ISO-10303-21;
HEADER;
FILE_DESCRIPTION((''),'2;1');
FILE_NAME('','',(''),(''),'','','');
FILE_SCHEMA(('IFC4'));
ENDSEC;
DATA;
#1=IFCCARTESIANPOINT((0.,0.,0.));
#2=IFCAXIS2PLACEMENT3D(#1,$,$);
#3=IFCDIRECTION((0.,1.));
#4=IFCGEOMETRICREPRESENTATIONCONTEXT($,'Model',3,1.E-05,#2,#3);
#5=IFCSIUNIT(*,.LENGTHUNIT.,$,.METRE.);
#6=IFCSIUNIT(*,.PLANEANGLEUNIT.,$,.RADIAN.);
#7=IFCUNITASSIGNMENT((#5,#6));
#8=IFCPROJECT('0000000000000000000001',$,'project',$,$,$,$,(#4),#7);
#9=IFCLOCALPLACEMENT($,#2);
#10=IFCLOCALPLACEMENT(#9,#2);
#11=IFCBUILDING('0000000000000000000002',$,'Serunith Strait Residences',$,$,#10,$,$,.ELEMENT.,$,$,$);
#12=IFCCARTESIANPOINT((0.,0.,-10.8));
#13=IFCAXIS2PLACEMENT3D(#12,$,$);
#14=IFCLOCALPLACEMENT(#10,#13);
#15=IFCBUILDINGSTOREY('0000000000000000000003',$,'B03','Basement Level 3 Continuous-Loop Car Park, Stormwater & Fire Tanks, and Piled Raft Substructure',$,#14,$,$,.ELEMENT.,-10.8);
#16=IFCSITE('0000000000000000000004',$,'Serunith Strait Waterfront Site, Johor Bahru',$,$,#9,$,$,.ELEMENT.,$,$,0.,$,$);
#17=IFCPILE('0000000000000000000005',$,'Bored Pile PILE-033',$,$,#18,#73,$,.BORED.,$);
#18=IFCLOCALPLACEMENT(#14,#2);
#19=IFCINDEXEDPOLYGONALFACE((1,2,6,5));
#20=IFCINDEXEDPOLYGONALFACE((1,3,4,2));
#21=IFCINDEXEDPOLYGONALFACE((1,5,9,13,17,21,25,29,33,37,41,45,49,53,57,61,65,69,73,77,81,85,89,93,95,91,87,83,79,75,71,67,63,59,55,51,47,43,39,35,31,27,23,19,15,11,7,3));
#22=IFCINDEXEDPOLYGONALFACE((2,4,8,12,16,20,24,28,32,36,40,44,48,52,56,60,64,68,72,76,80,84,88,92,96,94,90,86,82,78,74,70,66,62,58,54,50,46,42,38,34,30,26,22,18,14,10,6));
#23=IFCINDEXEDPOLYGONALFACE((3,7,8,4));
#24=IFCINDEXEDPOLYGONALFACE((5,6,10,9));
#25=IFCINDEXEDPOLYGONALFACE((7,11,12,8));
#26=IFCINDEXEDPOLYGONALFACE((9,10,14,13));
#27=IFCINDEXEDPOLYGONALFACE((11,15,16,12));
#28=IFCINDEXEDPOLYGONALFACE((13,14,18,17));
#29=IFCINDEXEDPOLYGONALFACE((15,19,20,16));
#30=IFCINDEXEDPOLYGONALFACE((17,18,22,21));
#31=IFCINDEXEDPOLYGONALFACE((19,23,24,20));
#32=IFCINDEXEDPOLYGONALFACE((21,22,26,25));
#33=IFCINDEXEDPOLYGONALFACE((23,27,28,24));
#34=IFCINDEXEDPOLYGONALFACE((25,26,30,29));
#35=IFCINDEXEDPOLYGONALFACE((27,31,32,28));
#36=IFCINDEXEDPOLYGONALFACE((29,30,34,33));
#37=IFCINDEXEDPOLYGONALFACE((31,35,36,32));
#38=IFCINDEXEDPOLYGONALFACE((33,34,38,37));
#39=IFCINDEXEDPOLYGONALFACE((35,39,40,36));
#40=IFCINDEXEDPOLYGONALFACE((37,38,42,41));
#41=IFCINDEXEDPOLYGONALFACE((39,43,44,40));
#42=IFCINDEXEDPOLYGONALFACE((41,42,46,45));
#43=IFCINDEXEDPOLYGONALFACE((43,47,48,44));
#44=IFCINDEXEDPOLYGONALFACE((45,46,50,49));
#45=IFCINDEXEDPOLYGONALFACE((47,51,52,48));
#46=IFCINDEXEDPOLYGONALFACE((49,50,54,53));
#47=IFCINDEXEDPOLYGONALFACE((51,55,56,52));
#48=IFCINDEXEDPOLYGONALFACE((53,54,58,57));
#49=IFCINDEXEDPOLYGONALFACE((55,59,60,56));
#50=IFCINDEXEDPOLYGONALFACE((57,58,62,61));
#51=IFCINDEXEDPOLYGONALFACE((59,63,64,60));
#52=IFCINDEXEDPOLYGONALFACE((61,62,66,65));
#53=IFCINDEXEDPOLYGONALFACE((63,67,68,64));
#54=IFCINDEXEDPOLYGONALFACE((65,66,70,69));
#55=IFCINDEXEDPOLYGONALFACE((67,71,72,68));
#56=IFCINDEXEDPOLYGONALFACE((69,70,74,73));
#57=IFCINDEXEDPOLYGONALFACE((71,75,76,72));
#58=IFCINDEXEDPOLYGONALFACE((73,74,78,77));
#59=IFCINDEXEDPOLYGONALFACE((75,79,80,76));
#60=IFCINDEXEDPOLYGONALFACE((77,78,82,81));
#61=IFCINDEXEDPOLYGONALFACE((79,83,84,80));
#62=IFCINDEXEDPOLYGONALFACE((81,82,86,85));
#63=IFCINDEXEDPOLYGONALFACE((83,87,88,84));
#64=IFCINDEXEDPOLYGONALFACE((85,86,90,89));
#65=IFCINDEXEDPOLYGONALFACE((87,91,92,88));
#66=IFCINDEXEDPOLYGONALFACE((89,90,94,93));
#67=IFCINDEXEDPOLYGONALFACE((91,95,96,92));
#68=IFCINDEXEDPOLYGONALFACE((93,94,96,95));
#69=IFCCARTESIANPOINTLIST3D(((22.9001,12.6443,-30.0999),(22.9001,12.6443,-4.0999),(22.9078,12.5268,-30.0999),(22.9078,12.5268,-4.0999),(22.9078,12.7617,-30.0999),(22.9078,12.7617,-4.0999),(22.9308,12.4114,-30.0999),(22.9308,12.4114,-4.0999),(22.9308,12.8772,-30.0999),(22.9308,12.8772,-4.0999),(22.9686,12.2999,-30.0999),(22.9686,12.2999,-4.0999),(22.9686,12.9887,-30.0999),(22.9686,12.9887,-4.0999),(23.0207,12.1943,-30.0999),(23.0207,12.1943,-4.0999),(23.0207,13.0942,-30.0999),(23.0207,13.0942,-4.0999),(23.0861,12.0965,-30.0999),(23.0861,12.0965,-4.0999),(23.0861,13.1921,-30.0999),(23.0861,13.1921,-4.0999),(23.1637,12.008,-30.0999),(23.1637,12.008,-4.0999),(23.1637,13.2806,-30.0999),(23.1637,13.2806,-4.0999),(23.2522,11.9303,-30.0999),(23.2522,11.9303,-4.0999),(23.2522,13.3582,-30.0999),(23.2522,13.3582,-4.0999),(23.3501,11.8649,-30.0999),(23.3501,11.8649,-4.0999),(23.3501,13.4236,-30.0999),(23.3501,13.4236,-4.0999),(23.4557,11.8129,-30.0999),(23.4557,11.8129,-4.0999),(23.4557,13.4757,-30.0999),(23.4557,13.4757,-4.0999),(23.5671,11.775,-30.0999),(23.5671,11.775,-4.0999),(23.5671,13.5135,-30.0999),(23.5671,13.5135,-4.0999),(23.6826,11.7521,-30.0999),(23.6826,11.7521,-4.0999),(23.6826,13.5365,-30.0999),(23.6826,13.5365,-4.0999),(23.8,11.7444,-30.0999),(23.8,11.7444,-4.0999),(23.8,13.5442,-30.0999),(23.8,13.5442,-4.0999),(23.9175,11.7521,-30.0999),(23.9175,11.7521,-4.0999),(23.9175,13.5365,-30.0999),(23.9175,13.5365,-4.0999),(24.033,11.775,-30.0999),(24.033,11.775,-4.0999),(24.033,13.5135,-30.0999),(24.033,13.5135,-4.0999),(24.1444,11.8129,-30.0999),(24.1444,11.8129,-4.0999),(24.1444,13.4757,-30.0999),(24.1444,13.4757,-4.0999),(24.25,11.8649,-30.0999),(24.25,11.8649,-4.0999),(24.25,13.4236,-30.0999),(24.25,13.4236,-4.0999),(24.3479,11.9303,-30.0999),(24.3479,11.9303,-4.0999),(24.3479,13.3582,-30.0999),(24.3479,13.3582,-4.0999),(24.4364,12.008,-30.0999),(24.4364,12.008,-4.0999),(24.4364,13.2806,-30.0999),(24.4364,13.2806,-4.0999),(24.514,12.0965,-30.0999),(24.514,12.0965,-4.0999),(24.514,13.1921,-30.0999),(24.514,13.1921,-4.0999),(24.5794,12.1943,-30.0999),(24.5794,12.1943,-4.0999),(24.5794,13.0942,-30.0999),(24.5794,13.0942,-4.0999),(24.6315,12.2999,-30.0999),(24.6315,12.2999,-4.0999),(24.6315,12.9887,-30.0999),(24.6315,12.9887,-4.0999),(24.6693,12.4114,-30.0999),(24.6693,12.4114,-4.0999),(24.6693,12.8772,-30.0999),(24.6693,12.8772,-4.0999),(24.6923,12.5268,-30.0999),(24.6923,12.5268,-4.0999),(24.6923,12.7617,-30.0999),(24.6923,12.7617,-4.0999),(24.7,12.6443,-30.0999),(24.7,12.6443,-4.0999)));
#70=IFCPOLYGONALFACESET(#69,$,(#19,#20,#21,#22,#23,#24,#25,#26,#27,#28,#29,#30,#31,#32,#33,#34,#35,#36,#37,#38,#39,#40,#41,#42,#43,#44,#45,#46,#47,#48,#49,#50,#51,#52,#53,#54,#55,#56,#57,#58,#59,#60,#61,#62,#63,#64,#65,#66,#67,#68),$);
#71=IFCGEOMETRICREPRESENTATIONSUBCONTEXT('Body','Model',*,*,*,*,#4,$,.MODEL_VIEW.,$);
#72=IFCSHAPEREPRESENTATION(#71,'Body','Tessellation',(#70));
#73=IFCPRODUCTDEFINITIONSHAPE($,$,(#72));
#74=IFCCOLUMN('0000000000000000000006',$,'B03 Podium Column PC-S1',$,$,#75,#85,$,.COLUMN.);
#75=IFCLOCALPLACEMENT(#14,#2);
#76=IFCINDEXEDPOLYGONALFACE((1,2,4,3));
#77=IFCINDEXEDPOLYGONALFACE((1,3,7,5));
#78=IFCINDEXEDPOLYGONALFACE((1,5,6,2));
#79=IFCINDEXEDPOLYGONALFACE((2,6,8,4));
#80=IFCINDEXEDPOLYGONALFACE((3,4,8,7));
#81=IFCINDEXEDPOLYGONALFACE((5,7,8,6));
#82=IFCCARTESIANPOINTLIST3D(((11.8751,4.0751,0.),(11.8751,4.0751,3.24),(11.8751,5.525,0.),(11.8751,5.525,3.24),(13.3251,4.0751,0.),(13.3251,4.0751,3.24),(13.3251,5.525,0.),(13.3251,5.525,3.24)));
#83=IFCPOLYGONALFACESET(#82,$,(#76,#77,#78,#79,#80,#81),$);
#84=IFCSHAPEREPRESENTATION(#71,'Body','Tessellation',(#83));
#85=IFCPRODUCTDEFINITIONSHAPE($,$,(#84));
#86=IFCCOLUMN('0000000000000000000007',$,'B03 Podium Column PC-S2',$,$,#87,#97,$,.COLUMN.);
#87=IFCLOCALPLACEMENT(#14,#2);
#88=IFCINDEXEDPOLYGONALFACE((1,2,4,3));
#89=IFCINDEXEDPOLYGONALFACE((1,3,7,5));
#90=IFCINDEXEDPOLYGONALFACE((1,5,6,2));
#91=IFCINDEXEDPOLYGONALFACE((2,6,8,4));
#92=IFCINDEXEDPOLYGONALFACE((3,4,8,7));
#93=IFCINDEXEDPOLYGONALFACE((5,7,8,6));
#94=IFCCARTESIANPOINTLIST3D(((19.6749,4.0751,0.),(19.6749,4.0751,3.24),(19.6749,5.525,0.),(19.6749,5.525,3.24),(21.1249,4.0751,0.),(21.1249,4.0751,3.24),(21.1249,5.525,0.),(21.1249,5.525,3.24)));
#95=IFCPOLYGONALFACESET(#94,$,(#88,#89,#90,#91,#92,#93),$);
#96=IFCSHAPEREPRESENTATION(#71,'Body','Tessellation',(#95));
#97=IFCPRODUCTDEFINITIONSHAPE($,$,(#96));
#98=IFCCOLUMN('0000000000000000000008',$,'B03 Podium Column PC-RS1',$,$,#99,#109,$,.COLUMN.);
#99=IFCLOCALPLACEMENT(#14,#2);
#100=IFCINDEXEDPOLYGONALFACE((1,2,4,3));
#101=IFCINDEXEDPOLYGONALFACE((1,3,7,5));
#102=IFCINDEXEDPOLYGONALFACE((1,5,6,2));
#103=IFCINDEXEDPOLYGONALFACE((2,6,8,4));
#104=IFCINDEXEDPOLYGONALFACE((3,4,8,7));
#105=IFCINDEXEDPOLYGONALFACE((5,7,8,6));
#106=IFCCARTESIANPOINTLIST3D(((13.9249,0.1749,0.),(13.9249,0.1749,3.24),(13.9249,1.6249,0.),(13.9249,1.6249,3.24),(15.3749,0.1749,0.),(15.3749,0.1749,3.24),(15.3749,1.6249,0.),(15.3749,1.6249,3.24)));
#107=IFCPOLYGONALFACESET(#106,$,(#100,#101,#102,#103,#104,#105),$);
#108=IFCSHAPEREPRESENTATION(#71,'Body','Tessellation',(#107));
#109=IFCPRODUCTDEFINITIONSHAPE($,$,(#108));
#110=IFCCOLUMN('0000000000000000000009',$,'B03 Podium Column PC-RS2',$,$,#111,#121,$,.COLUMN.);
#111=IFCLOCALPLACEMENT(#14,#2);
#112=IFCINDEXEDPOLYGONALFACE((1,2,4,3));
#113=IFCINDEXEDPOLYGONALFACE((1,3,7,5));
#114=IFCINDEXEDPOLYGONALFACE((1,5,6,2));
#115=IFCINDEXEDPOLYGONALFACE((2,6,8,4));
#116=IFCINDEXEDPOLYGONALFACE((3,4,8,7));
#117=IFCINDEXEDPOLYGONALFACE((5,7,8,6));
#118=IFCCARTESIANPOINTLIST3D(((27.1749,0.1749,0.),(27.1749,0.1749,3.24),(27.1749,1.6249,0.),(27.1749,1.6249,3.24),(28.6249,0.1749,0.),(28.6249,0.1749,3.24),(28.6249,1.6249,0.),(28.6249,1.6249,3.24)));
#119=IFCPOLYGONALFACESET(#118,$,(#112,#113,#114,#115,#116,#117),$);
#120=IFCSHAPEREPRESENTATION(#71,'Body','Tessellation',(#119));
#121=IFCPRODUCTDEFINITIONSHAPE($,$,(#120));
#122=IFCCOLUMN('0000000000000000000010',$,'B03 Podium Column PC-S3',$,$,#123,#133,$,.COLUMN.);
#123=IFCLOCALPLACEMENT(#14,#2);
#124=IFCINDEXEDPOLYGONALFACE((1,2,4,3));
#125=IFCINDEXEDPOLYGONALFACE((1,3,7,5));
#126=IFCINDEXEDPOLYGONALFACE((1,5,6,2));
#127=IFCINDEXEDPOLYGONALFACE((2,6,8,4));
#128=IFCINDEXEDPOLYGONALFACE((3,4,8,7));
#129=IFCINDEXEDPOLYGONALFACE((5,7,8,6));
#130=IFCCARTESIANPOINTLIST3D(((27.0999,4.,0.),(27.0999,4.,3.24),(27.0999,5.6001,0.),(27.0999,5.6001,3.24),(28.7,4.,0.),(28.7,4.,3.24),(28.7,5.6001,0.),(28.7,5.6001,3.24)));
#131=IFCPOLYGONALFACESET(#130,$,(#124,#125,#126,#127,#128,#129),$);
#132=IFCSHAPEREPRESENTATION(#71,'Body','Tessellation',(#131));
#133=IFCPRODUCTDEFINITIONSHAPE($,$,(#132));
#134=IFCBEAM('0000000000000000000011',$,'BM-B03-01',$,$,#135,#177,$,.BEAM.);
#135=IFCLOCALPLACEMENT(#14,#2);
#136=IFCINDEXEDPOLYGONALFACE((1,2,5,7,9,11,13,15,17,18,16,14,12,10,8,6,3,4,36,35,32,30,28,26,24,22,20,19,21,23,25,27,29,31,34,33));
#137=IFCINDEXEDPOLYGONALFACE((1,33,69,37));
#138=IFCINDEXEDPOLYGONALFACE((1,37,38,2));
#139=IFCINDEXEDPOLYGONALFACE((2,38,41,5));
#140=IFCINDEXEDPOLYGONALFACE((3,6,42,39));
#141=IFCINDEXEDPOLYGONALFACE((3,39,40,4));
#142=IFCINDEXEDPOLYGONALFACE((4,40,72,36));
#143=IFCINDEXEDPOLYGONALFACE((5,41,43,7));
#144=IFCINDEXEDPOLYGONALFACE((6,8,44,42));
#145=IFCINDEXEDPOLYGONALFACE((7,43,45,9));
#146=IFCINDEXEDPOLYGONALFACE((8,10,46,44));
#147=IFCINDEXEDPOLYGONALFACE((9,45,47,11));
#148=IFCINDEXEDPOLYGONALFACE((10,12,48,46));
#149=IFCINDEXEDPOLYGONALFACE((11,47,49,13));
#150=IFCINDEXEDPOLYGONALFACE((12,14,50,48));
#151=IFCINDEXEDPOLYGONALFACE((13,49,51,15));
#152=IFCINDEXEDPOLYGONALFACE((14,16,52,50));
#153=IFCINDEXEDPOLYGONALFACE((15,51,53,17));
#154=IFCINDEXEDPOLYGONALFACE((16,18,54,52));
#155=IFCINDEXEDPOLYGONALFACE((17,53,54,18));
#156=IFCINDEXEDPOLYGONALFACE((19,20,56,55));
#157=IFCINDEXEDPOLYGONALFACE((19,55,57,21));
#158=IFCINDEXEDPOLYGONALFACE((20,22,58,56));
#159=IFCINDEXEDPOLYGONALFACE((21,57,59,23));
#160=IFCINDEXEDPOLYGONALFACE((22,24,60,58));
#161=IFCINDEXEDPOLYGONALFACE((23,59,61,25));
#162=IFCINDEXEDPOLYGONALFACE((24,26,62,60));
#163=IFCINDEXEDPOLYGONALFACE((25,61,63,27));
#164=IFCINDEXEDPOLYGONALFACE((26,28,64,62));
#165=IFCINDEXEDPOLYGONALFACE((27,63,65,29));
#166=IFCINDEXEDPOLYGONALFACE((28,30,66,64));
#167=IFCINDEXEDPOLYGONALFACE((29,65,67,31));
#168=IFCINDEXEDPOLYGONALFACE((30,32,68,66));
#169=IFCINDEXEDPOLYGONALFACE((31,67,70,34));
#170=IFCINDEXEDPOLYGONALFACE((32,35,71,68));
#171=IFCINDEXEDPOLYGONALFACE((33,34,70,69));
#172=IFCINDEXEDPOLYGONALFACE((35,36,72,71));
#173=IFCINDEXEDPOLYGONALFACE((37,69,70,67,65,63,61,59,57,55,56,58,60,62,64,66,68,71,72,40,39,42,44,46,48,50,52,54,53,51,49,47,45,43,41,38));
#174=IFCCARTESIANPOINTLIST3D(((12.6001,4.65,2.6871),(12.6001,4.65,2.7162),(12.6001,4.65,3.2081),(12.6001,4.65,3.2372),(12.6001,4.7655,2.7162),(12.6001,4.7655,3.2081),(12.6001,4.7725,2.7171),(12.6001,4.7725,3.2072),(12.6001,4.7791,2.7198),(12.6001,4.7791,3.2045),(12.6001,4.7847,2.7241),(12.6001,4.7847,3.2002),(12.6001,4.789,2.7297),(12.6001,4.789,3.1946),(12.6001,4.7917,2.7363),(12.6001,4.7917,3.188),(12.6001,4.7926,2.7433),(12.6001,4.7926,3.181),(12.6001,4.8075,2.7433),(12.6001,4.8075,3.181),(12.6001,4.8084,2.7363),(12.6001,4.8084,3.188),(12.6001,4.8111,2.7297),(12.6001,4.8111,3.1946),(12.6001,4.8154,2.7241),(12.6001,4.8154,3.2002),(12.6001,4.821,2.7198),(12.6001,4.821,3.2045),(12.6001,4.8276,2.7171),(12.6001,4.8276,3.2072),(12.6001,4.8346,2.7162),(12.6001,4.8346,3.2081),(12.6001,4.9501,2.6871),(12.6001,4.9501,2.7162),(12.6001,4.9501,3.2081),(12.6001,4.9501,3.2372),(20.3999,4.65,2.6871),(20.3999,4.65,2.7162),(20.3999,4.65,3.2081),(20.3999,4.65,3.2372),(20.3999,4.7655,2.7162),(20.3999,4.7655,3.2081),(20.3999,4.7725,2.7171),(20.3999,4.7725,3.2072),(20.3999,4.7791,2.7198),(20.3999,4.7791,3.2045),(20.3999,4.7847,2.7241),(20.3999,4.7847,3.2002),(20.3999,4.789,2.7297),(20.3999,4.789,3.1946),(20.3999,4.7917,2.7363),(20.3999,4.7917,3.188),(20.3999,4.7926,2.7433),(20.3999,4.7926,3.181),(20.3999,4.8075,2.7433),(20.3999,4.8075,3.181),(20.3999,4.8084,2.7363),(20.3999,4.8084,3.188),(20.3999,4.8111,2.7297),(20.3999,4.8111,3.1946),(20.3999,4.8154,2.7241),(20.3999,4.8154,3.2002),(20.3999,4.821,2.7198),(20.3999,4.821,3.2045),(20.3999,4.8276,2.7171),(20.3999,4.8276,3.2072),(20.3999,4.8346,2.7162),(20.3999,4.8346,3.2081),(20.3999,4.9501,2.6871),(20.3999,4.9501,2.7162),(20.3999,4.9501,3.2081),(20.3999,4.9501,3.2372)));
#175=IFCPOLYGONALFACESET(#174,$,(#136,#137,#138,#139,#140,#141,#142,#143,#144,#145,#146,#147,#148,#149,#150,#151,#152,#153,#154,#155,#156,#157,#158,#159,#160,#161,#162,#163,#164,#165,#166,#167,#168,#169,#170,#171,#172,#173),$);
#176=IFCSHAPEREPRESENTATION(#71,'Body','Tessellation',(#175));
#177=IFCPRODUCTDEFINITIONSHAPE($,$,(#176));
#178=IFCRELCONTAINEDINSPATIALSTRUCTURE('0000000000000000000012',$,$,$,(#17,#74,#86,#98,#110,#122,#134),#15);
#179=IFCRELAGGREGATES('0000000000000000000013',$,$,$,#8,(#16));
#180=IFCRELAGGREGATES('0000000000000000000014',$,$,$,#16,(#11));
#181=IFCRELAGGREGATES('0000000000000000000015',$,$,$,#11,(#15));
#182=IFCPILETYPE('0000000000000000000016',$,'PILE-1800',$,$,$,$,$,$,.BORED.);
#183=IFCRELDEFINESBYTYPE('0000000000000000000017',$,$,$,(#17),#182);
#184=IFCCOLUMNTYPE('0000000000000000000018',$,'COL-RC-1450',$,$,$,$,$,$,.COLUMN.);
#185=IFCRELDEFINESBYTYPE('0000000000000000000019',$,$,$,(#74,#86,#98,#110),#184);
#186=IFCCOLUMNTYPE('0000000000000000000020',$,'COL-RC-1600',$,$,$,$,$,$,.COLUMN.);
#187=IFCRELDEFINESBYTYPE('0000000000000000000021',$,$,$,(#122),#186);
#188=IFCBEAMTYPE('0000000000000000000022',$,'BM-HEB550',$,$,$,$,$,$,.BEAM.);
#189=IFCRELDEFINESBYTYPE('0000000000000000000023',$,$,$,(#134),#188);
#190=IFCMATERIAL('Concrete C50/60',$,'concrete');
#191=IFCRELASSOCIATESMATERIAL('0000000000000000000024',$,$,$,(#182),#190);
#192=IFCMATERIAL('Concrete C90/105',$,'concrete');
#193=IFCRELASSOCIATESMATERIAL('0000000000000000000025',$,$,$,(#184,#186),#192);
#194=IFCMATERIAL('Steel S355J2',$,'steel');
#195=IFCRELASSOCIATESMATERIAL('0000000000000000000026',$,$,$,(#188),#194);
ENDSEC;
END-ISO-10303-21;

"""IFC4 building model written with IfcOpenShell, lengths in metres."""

from ifc_helpers import new_model, si_unit, direction, frame, origin, origin_2d, place, context, subcontext, project, spatial, rectangle, circle, i_section, extrude, source, transform, mapped, material, material_profile, profile_set, type_object, element, save


model = new_model("IFC4")

# Units and contexts
model_context = context("Model", 3, precision=1e-05, world=origin(), true_north=direction((0.0, 1.0)))
body_context = subcontext(model_context, "Body", "Model", "MODEL_VIEW")
ifc_project = project(units=[si_unit("LENGTHUNIT", "METRE"), si_unit("PLANEANGLEUNIT", "RADIAN")], contexts=[model_context])

# Site, building, storey
site_placement = place(None, origin())
site = spatial("IfcSite", under=ifc_project, at=site_placement, Name="Serunith Strait Waterfront Site, Johor Bahru", CompositionType="ELEMENT", RefElevation=0.0)
building_placement = place(site_placement, origin())
building = spatial("IfcBuilding", under=site, at=building_placement, Name="Serunith Strait Residences", CompositionType="ELEMENT")
storey_placement = place(building_placement, frame((0.0, 0.0, -10.8)))
storey = spatial("IfcBuildingStorey", under=building, at=storey_placement, Name="B03", Description="Basement Level 3 Continuous-Loop Car Park, Stormwater & Fire Tanks, and Piled Raft Substructure", CompositionType="ELEMENT", Elevation=-10.8)

# Pile
ifc_material_1 = material(Name="Concrete C50/60", Category="concrete")
ifc_material_profile_1 = material_profile(ifc_material_1, circle(Radius=0.8999, at=origin_2d()), Name="PILE D1800")
ifc_profile_set_1 = profile_set([ifc_material_profile_1], Name="Concrete C50/60")
pile_type = type_object("IfcPileType", Name="PILE-1800", PredefinedType="BORED", material=ifc_profile_set_1)
shared_shape_1 = source(origin(), body_context, "Body", "SweptSolid", [
    extrude(circle(Radius=0.8999, at=origin_2d()), origin(), (0.0, 0.0, 1.0), 26.0),
])
for number, where, z_axis, x_axis, name in (
    (1, (23.8, 12.6443, -4.0999), (0.0, 0.0, -1.0), (1.0, 0.0, 0.0), "Bored Pile PILE-033"),
):
    element("IfcPile", number, at=place(storey_placement, frame(where, z_axis=z_axis, x_axis=x_axis)), inside=storey, type_object=pile_type, Name=name, PredefinedType="BORED", context=body_context, shape_type="MappedRepresentation", body=[
        mapped(shared_shape_1, transform((0.0, 0.0, 0.0), scale=1.0)),
    ])

# Columns
ifc_material_2 = material(Name="Concrete C90/105", Category="concrete")
ifc_material_profile_2 = material_profile(ifc_material_2, rectangle(XDim=1.45, YDim=1.45, at=origin_2d()), Name="RC 1450x1450")
ifc_profile_set_2 = profile_set([ifc_material_profile_2], Name="Concrete C90/105")
column_type_1 = type_object("IfcColumnType", Name="COL-RC-1450", PredefinedType="COLUMN", material=ifc_profile_set_2)
shared_shape_2 = source(origin(), body_context, "Body", "SweptSolid", [
    extrude(rectangle(XDim=1.45, YDim=1.45, at=origin_2d()), origin(), (0.0, 0.0, 1.0), 3.24),
])
for number, where, z_axis, x_axis, name in (
    (2, (12.6001, 4.8, 0.0), (0.0, 0.0, 1.0), (1.0, 0.0, 0.0), "B03 Podium Column PC-S1"),
    (3, (20.3999, 4.8, 0.0), (0.0, 0.0, 1.0), (1.0, 0.0, 0.0), "B03 Podium Column PC-S2"),
    (4, (14.6499, 0.8999, 0.0), (0.0, 0.0, 1.0), (1.0, 0.0, 0.0), "B03 Podium Column PC-RS1"),
    (5, (27.8999, 0.8999, 0.0), (0.0, 0.0, 1.0), (1.0, 0.0, 0.0), "B03 Podium Column PC-RS2"),
):
    element("IfcColumn", number, at=place(storey_placement, frame(where, z_axis=z_axis, x_axis=x_axis)), inside=storey, type_object=column_type_1, Name=name, PredefinedType="COLUMN", context=body_context, shape_type="MappedRepresentation", body=[
        mapped(shared_shape_2, transform((0.0, 0.0, 0.0), scale=1.0)),
    ])
ifc_material_profile_3 = material_profile(ifc_material_2, rectangle(XDim=1.6001, YDim=1.6001, at=origin_2d()), Name="RC 1600x1600")
ifc_profile_set_3 = profile_set([ifc_material_profile_3], Name="Concrete C90/105")
column_type_2 = type_object("IfcColumnType", Name="COL-RC-1600", PredefinedType="COLUMN", material=ifc_profile_set_3)
shared_shape_3 = source(origin(), body_context, "Body", "SweptSolid", [
    extrude(rectangle(XDim=1.6001, YDim=1.6001, at=origin_2d()), origin(), (0.0, 0.0, 1.0), 3.24),
])
column_placement = place(storey_placement, frame((27.8999, 4.8, 0.0), z_axis=(0.0, 0.0, 1.0), x_axis=(1.0, 0.0, 0.0)))
element("IfcColumn", 6, at=column_placement, inside=storey, type_object=column_type_2, Name="B03 Podium Column PC-S3", PredefinedType="COLUMN", context=body_context, shape_type="MappedRepresentation", body=[
    mapped(shared_shape_3, transform((0.0, 0.0, 0.0), scale=1.0)),
])

# Beam
ifc_material_3 = material(Name="Steel S355J2", Category="steel")
ifc_material_profile_4 = material_profile(ifc_material_3, i_section(OverallWidth=0.3, OverallDepth=0.55, WebThickness=0.0149, FlangeThickness=0.0291, FilletRadius=0.0271, at=origin_2d()), Name="HEB 550")
ifc_profile_set_4 = profile_set([ifc_material_profile_4], Name="Steel S355J2")
beam_type_1 = type_object("IfcBeamType", Name="BM-HEB550", PredefinedType="BEAM", material=ifc_profile_set_4)
shared_shape_4 = source(origin(), body_context, "Body", "SweptSolid", [
    extrude(i_section(OverallWidth=0.3, OverallDepth=0.55, WebThickness=0.0149, FlangeThickness=0.0291, FilletRadius=0.0271, at=origin_2d()), origin(), (0.0, 0.0, 1.0), 7.7998),
])
beam_1_placement = place(storey_placement, frame((12.6001, 4.8, 2.9622), z_axis=(1.0, 0.0, 0.0), x_axis=(0.0, 1.0, 0.0)))
element("IfcBeam", 7, at=beam_1_placement, inside=storey, type_object=beam_type_1, Name="BM-B03-01", PredefinedType="BEAM", context=body_context, shape_type="MappedRepresentation", body=[
    mapped(shared_shape_4, transform((0.0, 0.0, 0.0), scale=1.0)),
])

save(model, "model.ifc")
